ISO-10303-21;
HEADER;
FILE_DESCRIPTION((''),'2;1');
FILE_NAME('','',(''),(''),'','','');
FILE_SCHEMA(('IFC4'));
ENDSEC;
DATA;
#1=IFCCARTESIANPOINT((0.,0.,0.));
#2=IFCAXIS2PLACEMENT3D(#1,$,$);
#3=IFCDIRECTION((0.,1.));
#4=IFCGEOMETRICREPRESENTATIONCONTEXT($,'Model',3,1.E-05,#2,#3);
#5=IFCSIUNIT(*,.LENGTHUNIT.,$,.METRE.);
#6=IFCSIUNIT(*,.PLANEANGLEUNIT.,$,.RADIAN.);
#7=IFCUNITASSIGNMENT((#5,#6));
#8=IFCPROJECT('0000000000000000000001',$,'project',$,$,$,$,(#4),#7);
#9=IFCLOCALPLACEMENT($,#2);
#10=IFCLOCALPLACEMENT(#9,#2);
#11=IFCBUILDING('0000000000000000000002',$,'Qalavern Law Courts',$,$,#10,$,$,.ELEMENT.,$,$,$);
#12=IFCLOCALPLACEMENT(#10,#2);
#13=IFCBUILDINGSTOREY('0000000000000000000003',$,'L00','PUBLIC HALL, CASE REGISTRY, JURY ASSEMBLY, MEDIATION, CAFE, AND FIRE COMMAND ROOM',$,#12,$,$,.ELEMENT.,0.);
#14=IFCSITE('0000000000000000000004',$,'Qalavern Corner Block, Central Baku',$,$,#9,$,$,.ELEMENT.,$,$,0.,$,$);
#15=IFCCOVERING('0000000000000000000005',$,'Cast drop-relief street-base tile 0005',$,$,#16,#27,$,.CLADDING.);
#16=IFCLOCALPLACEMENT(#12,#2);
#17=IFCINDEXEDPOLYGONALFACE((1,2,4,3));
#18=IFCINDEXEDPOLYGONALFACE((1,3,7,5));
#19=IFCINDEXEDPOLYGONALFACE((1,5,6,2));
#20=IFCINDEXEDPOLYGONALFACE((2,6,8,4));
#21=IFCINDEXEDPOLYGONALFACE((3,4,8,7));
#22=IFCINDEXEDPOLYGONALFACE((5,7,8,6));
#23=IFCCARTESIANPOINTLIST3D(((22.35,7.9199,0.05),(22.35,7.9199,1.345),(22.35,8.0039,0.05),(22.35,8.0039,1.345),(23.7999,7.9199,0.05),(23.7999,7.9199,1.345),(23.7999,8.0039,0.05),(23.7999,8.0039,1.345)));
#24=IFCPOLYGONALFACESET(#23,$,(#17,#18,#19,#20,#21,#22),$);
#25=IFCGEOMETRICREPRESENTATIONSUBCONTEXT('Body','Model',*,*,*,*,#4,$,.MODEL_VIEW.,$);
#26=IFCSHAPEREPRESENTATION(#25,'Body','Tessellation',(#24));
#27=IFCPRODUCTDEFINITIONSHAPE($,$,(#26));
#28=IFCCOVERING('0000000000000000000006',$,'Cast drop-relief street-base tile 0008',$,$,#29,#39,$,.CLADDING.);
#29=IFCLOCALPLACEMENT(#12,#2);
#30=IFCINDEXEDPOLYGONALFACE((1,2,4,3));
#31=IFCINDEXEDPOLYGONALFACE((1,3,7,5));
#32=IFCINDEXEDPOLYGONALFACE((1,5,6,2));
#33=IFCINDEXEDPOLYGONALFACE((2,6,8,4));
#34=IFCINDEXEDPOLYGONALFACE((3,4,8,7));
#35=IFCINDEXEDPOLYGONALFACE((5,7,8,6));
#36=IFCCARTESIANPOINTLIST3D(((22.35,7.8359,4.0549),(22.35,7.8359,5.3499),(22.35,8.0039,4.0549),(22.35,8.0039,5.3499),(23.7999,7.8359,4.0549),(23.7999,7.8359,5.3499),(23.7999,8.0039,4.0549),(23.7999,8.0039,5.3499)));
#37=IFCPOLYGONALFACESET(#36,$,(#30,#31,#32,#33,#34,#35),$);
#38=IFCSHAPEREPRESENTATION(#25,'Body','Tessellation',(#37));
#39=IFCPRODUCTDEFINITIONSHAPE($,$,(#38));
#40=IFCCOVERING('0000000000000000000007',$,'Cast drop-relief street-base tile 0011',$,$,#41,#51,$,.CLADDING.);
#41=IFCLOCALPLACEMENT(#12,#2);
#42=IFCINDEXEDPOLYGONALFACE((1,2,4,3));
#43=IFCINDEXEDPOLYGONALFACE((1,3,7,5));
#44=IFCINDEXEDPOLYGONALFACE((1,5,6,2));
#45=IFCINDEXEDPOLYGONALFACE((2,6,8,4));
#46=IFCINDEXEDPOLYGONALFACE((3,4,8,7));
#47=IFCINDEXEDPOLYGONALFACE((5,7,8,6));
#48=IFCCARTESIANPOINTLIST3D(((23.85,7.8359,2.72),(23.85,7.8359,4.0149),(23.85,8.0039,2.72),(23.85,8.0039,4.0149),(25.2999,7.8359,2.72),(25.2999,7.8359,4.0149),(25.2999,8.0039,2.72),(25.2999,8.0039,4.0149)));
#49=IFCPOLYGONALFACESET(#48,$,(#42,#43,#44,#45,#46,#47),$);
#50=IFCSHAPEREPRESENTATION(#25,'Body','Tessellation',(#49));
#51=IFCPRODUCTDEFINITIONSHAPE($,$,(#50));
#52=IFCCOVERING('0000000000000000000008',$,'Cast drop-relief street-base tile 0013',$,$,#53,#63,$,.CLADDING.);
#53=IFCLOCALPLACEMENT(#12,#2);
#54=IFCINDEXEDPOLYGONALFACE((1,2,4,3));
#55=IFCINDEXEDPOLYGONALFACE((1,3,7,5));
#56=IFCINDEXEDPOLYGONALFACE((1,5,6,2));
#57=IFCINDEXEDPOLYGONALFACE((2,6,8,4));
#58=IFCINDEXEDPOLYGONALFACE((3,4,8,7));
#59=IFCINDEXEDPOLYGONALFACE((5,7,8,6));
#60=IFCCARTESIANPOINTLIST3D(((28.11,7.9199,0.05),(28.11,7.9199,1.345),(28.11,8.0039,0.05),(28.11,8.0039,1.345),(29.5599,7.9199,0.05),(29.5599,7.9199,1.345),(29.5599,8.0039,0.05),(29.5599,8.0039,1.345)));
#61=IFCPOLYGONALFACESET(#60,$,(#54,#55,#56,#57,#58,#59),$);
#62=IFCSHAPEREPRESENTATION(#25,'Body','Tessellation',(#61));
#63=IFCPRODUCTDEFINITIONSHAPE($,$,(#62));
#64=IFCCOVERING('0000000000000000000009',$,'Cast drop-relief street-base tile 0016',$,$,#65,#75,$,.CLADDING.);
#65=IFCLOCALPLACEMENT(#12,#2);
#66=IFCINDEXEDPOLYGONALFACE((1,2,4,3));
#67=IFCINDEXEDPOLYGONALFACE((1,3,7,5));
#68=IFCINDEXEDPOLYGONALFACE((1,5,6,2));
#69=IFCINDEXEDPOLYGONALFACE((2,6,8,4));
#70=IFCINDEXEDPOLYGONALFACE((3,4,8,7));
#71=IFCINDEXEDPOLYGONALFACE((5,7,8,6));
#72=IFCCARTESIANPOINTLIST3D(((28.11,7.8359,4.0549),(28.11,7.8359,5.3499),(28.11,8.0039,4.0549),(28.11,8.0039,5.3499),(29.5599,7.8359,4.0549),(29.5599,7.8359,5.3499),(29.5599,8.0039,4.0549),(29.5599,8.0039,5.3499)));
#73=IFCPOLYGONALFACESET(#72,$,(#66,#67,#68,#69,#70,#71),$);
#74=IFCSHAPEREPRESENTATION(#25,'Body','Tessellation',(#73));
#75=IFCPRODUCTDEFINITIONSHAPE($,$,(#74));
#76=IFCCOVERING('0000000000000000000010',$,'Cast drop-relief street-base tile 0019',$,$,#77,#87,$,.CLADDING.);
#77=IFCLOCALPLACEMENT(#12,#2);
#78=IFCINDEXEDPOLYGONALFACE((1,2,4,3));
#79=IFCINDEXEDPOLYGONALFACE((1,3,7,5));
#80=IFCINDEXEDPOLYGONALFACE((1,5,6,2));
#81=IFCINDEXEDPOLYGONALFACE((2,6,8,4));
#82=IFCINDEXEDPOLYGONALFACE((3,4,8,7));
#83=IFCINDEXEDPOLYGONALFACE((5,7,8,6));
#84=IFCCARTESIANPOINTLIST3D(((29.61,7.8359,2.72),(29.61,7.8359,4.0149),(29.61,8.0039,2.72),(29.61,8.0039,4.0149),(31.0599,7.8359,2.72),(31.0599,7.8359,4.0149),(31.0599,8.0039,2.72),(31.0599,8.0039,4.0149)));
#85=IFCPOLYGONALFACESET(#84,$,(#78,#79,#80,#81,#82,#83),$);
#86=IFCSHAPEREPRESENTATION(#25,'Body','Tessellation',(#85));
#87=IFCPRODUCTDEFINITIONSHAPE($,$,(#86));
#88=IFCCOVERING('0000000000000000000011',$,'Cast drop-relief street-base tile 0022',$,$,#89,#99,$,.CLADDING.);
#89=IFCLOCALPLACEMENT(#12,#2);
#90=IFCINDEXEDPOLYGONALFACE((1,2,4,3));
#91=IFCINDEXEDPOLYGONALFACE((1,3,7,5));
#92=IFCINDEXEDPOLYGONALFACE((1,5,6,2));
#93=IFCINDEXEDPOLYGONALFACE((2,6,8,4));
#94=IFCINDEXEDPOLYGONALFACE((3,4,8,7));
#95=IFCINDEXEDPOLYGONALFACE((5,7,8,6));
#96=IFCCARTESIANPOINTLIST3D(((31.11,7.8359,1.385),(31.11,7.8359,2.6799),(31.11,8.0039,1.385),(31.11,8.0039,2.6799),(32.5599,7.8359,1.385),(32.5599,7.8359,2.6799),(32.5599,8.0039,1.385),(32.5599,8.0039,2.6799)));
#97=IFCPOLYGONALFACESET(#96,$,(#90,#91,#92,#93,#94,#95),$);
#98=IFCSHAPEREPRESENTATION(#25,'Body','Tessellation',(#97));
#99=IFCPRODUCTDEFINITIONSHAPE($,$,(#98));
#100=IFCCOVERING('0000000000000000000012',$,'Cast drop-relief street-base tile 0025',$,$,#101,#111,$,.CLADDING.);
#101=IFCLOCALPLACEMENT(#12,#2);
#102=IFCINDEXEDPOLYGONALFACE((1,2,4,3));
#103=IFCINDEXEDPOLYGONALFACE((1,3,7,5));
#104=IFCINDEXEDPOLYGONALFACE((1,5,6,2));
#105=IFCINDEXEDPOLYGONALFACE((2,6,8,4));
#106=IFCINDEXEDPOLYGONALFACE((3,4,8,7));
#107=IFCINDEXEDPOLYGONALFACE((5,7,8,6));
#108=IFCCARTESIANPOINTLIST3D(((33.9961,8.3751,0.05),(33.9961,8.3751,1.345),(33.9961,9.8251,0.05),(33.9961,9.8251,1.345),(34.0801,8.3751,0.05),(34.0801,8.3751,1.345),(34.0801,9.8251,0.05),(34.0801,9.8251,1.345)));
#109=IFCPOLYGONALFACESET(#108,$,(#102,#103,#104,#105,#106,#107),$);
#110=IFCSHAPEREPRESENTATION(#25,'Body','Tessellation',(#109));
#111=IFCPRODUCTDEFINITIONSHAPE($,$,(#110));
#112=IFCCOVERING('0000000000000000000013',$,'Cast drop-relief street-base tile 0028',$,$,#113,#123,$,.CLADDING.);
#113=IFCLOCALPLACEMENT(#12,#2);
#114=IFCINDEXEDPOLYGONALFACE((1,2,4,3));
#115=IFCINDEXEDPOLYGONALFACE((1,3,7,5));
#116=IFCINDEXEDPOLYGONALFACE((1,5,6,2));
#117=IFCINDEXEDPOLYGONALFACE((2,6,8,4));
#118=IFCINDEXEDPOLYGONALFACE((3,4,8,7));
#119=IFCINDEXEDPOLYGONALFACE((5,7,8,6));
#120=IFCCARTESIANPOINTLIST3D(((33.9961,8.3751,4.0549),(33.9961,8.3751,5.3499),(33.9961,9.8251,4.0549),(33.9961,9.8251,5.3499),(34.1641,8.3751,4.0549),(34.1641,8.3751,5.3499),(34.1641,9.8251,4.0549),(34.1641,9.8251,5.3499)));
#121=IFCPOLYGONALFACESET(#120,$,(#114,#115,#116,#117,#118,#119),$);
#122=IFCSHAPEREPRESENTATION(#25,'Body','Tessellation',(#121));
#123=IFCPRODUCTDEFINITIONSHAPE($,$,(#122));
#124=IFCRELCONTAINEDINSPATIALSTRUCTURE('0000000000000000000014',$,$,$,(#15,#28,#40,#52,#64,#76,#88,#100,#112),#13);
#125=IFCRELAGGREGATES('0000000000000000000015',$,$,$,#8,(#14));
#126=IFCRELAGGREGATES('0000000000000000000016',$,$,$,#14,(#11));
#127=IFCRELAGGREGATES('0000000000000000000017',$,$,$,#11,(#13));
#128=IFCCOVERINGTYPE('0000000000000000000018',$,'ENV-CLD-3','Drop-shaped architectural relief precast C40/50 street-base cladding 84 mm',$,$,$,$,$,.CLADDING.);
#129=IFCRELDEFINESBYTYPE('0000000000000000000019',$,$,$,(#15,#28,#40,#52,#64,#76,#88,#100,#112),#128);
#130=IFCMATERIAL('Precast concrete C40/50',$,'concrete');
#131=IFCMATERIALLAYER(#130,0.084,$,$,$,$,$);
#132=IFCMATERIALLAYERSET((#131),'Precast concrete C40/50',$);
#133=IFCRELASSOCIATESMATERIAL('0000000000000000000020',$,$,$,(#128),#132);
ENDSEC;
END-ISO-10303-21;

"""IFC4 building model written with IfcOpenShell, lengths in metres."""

from ifc_helpers import new_model, si_unit, direction, frame, origin, origin_2d, place, context, subcontext, project, spatial, rectangle, extrude, material, layer, layer_set, type_object, element, save


model = new_model("IFC4")

# Units and contexts
model_context = context("Model", 3, precision=1e-05, world=origin(), true_north=direction((0.0, 1.0)))
body_context = subcontext(model_context, "Body", "Model", "MODEL_VIEW")
ifc_project = project(units=[si_unit("LENGTHUNIT", "METRE"), si_unit("PLANEANGLEUNIT", "RADIAN")], contexts=[model_context])

# Site, building, storey
site_placement = place(None, origin())
site = spatial("IfcSite", under=ifc_project, at=site_placement, Name="Qalavern Corner Block, Central Baku", CompositionType="ELEMENT", RefElevation=0.0)
building_placement = place(site_placement, origin())
building = spatial("IfcBuilding", under=site, at=building_placement, Name="Qalavern Law Courts", CompositionType="ELEMENT")
storey_placement = place(building_placement, origin())
storey = spatial("IfcBuildingStorey", under=building, at=storey_placement, Name="L00", Description="PUBLIC HALL, CASE REGISTRY, JURY ASSEMBLY, MEDIATION, CAFE, AND FIRE COMMAND ROOM", CompositionType="ELEMENT", Elevation=0.0)

# Coverings
ifc_material_1 = material(Name="Precast concrete C40/50", Category="concrete")
ifc_layer_1 = layer(ifc_material_1, 0.084)
ifc_layer_set_1 = layer_set([ifc_layer_1], Name="Precast concrete C40/50")
covering_type_1 = type_object("IfcCoveringType", Name="ENV-CLD-3", Description="Drop-shaped architectural relief precast C40/50 street-base cladding 84 mm", PredefinedType="CLADDING", material=ifc_layer_set_1)
covering_1_placement = place(storey_placement, frame((23.075, 7.9619, 0.05), z_axis=(0.0, 0.0, 1.0), x_axis=(1.0, 0.0, 0.0)))
element("IfcCovering", 1, at=covering_1_placement, inside=storey, type_object=covering_type_1, Name="Cast drop-relief street-base tile 0005", PredefinedType="CLADDING", context=body_context, shape_type="SweptSolid", body=[
    extrude(rectangle(XDim=1.45, YDim=0.084, at=origin_2d()), origin(), (0.0, 0.0, 1.0), 1.2949),
])
for number, where, z_axis, x_axis, name in (
    (2, (23.075, 7.9199, 4.0549), (0.0, 0.0, 1.0), (1.0, 0.0, 0.0), "Cast drop-relief street-base tile 0008"),
    (3, (24.575, 7.9199, 2.72), (0.0, 0.0, 1.0), (1.0, 0.0, 0.0), "Cast drop-relief street-base tile 0011"),
):
    element("IfcCovering", number, at=place(storey_placement, frame(where, z_axis=z_axis, x_axis=x_axis)), inside=storey, type_object=covering_type_1, Name=name, PredefinedType="CLADDING", context=body_context, shape_type="SweptSolid", body=[
        extrude(rectangle(XDim=1.45, YDim=0.168, at=origin_2d()), origin(), (0.0, 0.0, 1.0), 1.2949),
    ])
covering_2_placement = place(storey_placement, frame((28.835, 7.9619, 0.05), z_axis=(0.0, 0.0, 1.0), x_axis=(1.0, 0.0, 0.0)))
element("IfcCovering", 4, at=covering_2_placement, inside=storey, type_object=covering_type_1, Name="Cast drop-relief street-base tile 0013", PredefinedType="CLADDING", context=body_context, shape_type="SweptSolid", body=[
    extrude(rectangle(XDim=1.45, YDim=0.084, at=origin_2d()), origin(), (0.0, 0.0, 1.0), 1.2949),
])
for number, where, z_axis, x_axis, name in (
    (5, (28.835, 7.9199, 4.0549), (0.0, 0.0, 1.0), (1.0, 0.0, 0.0), "Cast drop-relief street-base tile 0016"),
    (6, (30.335, 7.9199, 2.72), (0.0, 0.0, 1.0), (1.0, 0.0, 0.0), "Cast drop-relief street-base tile 0019"),
    (7, (31.835, 7.9199, 1.385), (0.0, 0.0, 1.0), (1.0, 0.0, 0.0), "Cast drop-relief street-base tile 0022"),
):
    element("IfcCovering", number, at=place(storey_placement, frame(where, z_axis=z_axis, x_axis=x_axis)), inside=storey, type_object=covering_type_1, Name=name, PredefinedType="CLADDING", context=body_context, shape_type="SweptSolid", body=[
        extrude(rectangle(XDim=1.45, YDim=0.168, at=origin_2d()), origin(), (0.0, 0.0, 1.0), 1.2949),
    ])
covering_3_placement = place(storey_placement, frame((34.0381, 9.1001, 0.05), z_axis=(0.0, 0.0, 1.0), x_axis=(0.0, 1.0, 0.0)))
element("IfcCovering", 8, at=covering_3_placement, inside=storey, type_object=covering_type_1, Name="Cast drop-relief street-base tile 0025", PredefinedType="CLADDING", context=body_context, shape_type="SweptSolid", body=[
    extrude(rectangle(XDim=1.45, YDim=0.084, at=origin_2d()), origin(), (0.0, 0.0, 1.0), 1.2949),
])
covering_4_placement = place(storey_placement, frame((34.0801, 9.1001, 4.0549), z_axis=(0.0, 0.0, 1.0), x_axis=(0.0, 1.0, 0.0)))
element("IfcCovering", 9, at=covering_4_placement, inside=storey, type_object=covering_type_1, Name="Cast drop-relief street-base tile 0028", PredefinedType="CLADDING", context=body_context, shape_type="SweptSolid", body=[
    extrude(rectangle(XDim=1.45, YDim=0.168, at=origin_2d()), origin(), (0.0, 0.0, 1.0), 1.2949),
])

save(model, "model.ifc")
